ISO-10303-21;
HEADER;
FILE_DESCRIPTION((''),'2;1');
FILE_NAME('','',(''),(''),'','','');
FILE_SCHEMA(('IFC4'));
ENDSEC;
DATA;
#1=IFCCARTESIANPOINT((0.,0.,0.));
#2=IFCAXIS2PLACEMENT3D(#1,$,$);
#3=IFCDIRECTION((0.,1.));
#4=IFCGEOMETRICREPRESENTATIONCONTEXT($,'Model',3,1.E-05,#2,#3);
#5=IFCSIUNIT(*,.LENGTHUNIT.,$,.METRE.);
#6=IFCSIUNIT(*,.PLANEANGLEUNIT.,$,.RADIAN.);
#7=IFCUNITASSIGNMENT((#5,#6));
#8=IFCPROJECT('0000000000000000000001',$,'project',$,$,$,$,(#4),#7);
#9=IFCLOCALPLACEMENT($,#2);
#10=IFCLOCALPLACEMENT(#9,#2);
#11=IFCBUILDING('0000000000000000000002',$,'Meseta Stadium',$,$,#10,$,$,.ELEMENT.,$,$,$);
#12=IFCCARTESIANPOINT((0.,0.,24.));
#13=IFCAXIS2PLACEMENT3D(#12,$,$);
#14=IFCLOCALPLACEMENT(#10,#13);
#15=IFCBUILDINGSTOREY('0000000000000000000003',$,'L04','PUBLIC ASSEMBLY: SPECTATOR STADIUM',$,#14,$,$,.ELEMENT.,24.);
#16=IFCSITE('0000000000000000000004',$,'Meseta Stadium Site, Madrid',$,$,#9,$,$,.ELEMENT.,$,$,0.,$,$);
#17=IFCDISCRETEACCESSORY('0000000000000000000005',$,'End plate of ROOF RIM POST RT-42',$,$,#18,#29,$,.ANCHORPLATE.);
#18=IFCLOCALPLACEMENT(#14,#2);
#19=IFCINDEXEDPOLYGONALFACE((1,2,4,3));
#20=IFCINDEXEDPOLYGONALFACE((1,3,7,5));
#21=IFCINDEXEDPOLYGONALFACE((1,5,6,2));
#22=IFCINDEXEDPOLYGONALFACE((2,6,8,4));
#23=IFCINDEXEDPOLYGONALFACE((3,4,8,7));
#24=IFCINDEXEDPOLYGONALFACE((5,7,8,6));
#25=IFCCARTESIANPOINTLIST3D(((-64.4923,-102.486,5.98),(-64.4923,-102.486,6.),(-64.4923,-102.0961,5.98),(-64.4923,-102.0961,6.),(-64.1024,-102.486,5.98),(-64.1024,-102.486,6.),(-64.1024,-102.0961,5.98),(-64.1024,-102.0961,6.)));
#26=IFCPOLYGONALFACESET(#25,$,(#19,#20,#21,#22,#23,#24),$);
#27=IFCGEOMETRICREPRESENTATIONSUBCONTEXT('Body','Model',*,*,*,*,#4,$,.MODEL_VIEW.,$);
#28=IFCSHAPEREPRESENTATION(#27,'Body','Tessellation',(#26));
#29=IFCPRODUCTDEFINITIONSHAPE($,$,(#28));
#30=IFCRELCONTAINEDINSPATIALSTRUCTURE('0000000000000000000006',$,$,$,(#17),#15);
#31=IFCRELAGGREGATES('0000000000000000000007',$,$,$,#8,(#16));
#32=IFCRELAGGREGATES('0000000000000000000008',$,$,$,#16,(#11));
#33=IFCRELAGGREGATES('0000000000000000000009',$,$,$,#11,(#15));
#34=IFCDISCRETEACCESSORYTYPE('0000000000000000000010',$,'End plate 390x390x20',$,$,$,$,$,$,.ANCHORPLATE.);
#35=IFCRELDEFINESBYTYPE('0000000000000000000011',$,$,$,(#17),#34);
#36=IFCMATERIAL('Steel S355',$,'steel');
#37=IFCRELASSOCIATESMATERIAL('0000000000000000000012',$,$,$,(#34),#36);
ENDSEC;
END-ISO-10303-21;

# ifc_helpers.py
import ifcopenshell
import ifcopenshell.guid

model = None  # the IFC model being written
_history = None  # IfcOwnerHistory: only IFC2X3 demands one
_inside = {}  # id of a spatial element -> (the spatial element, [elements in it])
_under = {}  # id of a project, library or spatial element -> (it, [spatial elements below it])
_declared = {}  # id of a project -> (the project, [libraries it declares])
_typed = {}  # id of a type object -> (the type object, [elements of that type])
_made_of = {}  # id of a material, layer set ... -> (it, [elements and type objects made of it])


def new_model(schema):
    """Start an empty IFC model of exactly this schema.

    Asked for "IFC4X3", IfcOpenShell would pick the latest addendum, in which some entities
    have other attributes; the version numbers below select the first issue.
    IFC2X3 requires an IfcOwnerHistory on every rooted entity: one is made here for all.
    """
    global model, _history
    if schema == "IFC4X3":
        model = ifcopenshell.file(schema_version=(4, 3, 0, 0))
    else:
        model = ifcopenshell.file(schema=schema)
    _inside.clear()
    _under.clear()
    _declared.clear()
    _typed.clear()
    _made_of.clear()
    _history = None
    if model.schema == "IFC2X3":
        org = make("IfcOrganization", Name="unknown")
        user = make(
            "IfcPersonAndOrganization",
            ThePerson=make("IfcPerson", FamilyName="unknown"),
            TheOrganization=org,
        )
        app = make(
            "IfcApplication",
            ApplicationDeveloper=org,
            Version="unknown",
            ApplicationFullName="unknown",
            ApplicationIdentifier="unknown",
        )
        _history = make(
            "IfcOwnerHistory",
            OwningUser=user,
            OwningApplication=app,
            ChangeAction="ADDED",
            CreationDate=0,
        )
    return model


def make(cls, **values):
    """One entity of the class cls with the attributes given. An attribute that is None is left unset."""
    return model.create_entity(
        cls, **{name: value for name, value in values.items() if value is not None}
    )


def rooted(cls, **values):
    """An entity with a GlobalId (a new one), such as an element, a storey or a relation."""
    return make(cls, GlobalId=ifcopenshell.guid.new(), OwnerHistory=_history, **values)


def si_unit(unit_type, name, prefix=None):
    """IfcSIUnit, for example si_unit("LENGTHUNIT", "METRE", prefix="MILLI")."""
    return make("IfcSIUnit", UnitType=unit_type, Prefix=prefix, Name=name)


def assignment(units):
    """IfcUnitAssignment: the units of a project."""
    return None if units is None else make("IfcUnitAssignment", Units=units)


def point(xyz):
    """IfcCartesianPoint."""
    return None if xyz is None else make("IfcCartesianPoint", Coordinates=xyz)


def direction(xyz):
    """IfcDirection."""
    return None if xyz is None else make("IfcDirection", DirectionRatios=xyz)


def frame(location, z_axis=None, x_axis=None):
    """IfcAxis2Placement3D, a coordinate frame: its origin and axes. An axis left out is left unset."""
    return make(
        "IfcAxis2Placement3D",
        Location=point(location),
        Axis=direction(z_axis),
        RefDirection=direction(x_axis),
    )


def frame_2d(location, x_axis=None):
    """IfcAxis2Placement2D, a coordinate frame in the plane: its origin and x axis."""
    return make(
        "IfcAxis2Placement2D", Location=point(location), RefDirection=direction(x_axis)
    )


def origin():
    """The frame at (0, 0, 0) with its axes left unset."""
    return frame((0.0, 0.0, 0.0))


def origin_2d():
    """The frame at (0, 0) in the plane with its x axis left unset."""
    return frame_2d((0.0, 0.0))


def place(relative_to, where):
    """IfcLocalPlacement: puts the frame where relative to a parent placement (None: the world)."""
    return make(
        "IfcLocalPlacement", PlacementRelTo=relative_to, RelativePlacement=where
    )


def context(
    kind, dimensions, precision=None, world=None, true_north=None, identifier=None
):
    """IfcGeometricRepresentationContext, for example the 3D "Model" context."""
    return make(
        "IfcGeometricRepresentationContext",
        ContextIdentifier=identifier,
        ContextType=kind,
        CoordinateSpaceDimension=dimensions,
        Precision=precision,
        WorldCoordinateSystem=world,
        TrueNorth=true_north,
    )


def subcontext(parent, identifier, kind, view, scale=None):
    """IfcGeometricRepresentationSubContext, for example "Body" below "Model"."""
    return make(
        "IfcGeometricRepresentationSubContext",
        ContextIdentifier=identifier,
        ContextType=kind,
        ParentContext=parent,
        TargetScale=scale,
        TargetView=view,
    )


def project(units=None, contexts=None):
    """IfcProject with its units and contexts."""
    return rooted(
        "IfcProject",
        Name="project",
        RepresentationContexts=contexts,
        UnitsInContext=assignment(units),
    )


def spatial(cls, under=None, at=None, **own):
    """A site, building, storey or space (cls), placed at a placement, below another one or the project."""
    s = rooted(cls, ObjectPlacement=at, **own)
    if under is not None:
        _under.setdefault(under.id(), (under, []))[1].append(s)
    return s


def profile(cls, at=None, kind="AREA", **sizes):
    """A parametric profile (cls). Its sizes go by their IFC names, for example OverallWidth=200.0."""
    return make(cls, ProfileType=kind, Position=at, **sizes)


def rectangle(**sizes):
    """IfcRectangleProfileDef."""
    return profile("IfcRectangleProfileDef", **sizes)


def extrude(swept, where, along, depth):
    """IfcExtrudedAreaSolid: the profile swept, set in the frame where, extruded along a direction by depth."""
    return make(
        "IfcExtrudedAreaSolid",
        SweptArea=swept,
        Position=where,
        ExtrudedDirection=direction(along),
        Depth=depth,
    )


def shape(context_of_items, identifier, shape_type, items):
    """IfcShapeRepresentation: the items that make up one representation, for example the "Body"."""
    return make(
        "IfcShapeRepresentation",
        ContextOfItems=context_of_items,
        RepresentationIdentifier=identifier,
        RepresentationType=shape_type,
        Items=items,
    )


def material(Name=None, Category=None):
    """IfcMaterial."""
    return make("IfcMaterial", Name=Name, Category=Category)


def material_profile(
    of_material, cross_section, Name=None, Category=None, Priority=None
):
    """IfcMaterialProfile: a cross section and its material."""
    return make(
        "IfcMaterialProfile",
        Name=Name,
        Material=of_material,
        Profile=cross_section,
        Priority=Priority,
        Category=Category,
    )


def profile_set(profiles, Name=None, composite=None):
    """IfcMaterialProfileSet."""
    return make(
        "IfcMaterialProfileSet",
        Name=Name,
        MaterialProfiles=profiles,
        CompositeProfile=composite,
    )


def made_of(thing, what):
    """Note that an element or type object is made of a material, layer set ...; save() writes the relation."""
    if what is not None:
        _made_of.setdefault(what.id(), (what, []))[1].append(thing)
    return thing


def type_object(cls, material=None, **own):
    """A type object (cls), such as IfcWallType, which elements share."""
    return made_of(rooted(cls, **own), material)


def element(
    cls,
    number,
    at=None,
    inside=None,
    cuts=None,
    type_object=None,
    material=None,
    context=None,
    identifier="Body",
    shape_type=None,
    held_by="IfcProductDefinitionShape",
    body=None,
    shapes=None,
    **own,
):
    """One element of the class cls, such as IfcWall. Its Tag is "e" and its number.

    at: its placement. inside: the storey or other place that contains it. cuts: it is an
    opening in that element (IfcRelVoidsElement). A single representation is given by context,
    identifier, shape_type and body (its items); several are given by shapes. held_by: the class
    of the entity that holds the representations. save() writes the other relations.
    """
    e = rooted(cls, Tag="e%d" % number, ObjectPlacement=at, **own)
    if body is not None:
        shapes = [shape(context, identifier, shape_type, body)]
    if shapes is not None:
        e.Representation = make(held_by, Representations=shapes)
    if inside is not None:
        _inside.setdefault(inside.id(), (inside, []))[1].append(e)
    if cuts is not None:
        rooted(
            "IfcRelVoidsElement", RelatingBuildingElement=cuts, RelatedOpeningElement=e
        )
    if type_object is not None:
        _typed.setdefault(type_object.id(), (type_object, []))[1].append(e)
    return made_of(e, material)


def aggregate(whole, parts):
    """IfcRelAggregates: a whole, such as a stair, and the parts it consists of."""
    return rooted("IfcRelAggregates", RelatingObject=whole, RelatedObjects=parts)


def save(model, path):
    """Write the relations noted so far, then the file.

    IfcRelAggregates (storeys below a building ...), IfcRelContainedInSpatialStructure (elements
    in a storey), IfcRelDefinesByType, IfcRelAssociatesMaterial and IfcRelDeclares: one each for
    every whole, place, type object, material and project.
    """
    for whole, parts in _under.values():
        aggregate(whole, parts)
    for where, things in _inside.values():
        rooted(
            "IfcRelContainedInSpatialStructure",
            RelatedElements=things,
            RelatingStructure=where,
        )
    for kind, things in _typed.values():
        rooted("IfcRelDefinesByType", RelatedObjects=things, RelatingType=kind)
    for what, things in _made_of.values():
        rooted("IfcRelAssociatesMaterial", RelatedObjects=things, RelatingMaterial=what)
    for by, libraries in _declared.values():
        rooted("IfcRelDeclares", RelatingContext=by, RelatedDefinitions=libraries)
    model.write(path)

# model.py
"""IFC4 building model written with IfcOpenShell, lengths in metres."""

from ifc_helpers import new_model, si_unit, direction, frame, origin, origin_2d, place, context, subcontext, project, spatial, rectangle, extrude, material, material_profile, profile_set, type_object, element, save


model = new_model("IFC4")

# Units and contexts
model_context = context("Model", 3, precision=1e-05, world=origin(), true_north=direction((0.0, 1.0)))
body_context = subcontext(model_context, "Body", "Model", "MODEL_VIEW")
ifc_project = project(units=[si_unit("LENGTHUNIT", "METRE"), si_unit("PLANEANGLEUNIT", "RADIAN")], contexts=[model_context])

# Site, building, storey
site_placement = place(None, origin())
site = spatial("IfcSite", under=ifc_project, at=site_placement, Name="Meseta Stadium Site, Madrid", CompositionType="ELEMENT", RefElevation=0.0)
building_placement = place(site_placement, origin())
building = spatial("IfcBuilding", under=site, at=building_placement, Name="Meseta Stadium", CompositionType="ELEMENT")
storey_placement = place(building_placement, frame((0.0, 0.0, 24.0)))
storey = spatial("IfcBuildingStorey", under=building, at=storey_placement, Name="L04", Description="PUBLIC ASSEMBLY: SPECTATOR STADIUM", CompositionType="ELEMENT", Elevation=24.0)

# Discrete accessory
ifc_material_1 = material(Name="Steel S355", Category="steel")
ifc_material_profile_1 = material_profile(ifc_material_1, rectangle(XDim=0.3899, YDim=0.3899, at=origin_2d()), Name="PL 390x390")
ifc_profile_set_1 = profile_set([ifc_material_profile_1], Name="Steel S355")
discrete_accessory_type_1 = type_object("IfcDiscreteAccessoryType", Name="End plate 390x390x20", PredefinedType="ANCHORPLATE", material=ifc_profile_set_1)
discrete_accessory_1_placement = place(storey_placement, frame((-64.2974, -102.291, 5.98), z_axis=(0.0, 0.0, 1.0), x_axis=(1.0, 0.0, 0.0)))
element("IfcDiscreteAccessory", 1, at=discrete_accessory_1_placement, inside=storey, type_object=discrete_accessory_type_1, Name="End plate of ROOF RIM POST RT-42", PredefinedType="ANCHORPLATE", context=body_context, shape_type="SweptSolid", body=[
    extrude(rectangle(XDim=0.3899, YDim=0.3899, at=origin_2d()), origin(), (0.0, 0.0, 1.0), 0.02),
])

save(model, "model.ifc")
